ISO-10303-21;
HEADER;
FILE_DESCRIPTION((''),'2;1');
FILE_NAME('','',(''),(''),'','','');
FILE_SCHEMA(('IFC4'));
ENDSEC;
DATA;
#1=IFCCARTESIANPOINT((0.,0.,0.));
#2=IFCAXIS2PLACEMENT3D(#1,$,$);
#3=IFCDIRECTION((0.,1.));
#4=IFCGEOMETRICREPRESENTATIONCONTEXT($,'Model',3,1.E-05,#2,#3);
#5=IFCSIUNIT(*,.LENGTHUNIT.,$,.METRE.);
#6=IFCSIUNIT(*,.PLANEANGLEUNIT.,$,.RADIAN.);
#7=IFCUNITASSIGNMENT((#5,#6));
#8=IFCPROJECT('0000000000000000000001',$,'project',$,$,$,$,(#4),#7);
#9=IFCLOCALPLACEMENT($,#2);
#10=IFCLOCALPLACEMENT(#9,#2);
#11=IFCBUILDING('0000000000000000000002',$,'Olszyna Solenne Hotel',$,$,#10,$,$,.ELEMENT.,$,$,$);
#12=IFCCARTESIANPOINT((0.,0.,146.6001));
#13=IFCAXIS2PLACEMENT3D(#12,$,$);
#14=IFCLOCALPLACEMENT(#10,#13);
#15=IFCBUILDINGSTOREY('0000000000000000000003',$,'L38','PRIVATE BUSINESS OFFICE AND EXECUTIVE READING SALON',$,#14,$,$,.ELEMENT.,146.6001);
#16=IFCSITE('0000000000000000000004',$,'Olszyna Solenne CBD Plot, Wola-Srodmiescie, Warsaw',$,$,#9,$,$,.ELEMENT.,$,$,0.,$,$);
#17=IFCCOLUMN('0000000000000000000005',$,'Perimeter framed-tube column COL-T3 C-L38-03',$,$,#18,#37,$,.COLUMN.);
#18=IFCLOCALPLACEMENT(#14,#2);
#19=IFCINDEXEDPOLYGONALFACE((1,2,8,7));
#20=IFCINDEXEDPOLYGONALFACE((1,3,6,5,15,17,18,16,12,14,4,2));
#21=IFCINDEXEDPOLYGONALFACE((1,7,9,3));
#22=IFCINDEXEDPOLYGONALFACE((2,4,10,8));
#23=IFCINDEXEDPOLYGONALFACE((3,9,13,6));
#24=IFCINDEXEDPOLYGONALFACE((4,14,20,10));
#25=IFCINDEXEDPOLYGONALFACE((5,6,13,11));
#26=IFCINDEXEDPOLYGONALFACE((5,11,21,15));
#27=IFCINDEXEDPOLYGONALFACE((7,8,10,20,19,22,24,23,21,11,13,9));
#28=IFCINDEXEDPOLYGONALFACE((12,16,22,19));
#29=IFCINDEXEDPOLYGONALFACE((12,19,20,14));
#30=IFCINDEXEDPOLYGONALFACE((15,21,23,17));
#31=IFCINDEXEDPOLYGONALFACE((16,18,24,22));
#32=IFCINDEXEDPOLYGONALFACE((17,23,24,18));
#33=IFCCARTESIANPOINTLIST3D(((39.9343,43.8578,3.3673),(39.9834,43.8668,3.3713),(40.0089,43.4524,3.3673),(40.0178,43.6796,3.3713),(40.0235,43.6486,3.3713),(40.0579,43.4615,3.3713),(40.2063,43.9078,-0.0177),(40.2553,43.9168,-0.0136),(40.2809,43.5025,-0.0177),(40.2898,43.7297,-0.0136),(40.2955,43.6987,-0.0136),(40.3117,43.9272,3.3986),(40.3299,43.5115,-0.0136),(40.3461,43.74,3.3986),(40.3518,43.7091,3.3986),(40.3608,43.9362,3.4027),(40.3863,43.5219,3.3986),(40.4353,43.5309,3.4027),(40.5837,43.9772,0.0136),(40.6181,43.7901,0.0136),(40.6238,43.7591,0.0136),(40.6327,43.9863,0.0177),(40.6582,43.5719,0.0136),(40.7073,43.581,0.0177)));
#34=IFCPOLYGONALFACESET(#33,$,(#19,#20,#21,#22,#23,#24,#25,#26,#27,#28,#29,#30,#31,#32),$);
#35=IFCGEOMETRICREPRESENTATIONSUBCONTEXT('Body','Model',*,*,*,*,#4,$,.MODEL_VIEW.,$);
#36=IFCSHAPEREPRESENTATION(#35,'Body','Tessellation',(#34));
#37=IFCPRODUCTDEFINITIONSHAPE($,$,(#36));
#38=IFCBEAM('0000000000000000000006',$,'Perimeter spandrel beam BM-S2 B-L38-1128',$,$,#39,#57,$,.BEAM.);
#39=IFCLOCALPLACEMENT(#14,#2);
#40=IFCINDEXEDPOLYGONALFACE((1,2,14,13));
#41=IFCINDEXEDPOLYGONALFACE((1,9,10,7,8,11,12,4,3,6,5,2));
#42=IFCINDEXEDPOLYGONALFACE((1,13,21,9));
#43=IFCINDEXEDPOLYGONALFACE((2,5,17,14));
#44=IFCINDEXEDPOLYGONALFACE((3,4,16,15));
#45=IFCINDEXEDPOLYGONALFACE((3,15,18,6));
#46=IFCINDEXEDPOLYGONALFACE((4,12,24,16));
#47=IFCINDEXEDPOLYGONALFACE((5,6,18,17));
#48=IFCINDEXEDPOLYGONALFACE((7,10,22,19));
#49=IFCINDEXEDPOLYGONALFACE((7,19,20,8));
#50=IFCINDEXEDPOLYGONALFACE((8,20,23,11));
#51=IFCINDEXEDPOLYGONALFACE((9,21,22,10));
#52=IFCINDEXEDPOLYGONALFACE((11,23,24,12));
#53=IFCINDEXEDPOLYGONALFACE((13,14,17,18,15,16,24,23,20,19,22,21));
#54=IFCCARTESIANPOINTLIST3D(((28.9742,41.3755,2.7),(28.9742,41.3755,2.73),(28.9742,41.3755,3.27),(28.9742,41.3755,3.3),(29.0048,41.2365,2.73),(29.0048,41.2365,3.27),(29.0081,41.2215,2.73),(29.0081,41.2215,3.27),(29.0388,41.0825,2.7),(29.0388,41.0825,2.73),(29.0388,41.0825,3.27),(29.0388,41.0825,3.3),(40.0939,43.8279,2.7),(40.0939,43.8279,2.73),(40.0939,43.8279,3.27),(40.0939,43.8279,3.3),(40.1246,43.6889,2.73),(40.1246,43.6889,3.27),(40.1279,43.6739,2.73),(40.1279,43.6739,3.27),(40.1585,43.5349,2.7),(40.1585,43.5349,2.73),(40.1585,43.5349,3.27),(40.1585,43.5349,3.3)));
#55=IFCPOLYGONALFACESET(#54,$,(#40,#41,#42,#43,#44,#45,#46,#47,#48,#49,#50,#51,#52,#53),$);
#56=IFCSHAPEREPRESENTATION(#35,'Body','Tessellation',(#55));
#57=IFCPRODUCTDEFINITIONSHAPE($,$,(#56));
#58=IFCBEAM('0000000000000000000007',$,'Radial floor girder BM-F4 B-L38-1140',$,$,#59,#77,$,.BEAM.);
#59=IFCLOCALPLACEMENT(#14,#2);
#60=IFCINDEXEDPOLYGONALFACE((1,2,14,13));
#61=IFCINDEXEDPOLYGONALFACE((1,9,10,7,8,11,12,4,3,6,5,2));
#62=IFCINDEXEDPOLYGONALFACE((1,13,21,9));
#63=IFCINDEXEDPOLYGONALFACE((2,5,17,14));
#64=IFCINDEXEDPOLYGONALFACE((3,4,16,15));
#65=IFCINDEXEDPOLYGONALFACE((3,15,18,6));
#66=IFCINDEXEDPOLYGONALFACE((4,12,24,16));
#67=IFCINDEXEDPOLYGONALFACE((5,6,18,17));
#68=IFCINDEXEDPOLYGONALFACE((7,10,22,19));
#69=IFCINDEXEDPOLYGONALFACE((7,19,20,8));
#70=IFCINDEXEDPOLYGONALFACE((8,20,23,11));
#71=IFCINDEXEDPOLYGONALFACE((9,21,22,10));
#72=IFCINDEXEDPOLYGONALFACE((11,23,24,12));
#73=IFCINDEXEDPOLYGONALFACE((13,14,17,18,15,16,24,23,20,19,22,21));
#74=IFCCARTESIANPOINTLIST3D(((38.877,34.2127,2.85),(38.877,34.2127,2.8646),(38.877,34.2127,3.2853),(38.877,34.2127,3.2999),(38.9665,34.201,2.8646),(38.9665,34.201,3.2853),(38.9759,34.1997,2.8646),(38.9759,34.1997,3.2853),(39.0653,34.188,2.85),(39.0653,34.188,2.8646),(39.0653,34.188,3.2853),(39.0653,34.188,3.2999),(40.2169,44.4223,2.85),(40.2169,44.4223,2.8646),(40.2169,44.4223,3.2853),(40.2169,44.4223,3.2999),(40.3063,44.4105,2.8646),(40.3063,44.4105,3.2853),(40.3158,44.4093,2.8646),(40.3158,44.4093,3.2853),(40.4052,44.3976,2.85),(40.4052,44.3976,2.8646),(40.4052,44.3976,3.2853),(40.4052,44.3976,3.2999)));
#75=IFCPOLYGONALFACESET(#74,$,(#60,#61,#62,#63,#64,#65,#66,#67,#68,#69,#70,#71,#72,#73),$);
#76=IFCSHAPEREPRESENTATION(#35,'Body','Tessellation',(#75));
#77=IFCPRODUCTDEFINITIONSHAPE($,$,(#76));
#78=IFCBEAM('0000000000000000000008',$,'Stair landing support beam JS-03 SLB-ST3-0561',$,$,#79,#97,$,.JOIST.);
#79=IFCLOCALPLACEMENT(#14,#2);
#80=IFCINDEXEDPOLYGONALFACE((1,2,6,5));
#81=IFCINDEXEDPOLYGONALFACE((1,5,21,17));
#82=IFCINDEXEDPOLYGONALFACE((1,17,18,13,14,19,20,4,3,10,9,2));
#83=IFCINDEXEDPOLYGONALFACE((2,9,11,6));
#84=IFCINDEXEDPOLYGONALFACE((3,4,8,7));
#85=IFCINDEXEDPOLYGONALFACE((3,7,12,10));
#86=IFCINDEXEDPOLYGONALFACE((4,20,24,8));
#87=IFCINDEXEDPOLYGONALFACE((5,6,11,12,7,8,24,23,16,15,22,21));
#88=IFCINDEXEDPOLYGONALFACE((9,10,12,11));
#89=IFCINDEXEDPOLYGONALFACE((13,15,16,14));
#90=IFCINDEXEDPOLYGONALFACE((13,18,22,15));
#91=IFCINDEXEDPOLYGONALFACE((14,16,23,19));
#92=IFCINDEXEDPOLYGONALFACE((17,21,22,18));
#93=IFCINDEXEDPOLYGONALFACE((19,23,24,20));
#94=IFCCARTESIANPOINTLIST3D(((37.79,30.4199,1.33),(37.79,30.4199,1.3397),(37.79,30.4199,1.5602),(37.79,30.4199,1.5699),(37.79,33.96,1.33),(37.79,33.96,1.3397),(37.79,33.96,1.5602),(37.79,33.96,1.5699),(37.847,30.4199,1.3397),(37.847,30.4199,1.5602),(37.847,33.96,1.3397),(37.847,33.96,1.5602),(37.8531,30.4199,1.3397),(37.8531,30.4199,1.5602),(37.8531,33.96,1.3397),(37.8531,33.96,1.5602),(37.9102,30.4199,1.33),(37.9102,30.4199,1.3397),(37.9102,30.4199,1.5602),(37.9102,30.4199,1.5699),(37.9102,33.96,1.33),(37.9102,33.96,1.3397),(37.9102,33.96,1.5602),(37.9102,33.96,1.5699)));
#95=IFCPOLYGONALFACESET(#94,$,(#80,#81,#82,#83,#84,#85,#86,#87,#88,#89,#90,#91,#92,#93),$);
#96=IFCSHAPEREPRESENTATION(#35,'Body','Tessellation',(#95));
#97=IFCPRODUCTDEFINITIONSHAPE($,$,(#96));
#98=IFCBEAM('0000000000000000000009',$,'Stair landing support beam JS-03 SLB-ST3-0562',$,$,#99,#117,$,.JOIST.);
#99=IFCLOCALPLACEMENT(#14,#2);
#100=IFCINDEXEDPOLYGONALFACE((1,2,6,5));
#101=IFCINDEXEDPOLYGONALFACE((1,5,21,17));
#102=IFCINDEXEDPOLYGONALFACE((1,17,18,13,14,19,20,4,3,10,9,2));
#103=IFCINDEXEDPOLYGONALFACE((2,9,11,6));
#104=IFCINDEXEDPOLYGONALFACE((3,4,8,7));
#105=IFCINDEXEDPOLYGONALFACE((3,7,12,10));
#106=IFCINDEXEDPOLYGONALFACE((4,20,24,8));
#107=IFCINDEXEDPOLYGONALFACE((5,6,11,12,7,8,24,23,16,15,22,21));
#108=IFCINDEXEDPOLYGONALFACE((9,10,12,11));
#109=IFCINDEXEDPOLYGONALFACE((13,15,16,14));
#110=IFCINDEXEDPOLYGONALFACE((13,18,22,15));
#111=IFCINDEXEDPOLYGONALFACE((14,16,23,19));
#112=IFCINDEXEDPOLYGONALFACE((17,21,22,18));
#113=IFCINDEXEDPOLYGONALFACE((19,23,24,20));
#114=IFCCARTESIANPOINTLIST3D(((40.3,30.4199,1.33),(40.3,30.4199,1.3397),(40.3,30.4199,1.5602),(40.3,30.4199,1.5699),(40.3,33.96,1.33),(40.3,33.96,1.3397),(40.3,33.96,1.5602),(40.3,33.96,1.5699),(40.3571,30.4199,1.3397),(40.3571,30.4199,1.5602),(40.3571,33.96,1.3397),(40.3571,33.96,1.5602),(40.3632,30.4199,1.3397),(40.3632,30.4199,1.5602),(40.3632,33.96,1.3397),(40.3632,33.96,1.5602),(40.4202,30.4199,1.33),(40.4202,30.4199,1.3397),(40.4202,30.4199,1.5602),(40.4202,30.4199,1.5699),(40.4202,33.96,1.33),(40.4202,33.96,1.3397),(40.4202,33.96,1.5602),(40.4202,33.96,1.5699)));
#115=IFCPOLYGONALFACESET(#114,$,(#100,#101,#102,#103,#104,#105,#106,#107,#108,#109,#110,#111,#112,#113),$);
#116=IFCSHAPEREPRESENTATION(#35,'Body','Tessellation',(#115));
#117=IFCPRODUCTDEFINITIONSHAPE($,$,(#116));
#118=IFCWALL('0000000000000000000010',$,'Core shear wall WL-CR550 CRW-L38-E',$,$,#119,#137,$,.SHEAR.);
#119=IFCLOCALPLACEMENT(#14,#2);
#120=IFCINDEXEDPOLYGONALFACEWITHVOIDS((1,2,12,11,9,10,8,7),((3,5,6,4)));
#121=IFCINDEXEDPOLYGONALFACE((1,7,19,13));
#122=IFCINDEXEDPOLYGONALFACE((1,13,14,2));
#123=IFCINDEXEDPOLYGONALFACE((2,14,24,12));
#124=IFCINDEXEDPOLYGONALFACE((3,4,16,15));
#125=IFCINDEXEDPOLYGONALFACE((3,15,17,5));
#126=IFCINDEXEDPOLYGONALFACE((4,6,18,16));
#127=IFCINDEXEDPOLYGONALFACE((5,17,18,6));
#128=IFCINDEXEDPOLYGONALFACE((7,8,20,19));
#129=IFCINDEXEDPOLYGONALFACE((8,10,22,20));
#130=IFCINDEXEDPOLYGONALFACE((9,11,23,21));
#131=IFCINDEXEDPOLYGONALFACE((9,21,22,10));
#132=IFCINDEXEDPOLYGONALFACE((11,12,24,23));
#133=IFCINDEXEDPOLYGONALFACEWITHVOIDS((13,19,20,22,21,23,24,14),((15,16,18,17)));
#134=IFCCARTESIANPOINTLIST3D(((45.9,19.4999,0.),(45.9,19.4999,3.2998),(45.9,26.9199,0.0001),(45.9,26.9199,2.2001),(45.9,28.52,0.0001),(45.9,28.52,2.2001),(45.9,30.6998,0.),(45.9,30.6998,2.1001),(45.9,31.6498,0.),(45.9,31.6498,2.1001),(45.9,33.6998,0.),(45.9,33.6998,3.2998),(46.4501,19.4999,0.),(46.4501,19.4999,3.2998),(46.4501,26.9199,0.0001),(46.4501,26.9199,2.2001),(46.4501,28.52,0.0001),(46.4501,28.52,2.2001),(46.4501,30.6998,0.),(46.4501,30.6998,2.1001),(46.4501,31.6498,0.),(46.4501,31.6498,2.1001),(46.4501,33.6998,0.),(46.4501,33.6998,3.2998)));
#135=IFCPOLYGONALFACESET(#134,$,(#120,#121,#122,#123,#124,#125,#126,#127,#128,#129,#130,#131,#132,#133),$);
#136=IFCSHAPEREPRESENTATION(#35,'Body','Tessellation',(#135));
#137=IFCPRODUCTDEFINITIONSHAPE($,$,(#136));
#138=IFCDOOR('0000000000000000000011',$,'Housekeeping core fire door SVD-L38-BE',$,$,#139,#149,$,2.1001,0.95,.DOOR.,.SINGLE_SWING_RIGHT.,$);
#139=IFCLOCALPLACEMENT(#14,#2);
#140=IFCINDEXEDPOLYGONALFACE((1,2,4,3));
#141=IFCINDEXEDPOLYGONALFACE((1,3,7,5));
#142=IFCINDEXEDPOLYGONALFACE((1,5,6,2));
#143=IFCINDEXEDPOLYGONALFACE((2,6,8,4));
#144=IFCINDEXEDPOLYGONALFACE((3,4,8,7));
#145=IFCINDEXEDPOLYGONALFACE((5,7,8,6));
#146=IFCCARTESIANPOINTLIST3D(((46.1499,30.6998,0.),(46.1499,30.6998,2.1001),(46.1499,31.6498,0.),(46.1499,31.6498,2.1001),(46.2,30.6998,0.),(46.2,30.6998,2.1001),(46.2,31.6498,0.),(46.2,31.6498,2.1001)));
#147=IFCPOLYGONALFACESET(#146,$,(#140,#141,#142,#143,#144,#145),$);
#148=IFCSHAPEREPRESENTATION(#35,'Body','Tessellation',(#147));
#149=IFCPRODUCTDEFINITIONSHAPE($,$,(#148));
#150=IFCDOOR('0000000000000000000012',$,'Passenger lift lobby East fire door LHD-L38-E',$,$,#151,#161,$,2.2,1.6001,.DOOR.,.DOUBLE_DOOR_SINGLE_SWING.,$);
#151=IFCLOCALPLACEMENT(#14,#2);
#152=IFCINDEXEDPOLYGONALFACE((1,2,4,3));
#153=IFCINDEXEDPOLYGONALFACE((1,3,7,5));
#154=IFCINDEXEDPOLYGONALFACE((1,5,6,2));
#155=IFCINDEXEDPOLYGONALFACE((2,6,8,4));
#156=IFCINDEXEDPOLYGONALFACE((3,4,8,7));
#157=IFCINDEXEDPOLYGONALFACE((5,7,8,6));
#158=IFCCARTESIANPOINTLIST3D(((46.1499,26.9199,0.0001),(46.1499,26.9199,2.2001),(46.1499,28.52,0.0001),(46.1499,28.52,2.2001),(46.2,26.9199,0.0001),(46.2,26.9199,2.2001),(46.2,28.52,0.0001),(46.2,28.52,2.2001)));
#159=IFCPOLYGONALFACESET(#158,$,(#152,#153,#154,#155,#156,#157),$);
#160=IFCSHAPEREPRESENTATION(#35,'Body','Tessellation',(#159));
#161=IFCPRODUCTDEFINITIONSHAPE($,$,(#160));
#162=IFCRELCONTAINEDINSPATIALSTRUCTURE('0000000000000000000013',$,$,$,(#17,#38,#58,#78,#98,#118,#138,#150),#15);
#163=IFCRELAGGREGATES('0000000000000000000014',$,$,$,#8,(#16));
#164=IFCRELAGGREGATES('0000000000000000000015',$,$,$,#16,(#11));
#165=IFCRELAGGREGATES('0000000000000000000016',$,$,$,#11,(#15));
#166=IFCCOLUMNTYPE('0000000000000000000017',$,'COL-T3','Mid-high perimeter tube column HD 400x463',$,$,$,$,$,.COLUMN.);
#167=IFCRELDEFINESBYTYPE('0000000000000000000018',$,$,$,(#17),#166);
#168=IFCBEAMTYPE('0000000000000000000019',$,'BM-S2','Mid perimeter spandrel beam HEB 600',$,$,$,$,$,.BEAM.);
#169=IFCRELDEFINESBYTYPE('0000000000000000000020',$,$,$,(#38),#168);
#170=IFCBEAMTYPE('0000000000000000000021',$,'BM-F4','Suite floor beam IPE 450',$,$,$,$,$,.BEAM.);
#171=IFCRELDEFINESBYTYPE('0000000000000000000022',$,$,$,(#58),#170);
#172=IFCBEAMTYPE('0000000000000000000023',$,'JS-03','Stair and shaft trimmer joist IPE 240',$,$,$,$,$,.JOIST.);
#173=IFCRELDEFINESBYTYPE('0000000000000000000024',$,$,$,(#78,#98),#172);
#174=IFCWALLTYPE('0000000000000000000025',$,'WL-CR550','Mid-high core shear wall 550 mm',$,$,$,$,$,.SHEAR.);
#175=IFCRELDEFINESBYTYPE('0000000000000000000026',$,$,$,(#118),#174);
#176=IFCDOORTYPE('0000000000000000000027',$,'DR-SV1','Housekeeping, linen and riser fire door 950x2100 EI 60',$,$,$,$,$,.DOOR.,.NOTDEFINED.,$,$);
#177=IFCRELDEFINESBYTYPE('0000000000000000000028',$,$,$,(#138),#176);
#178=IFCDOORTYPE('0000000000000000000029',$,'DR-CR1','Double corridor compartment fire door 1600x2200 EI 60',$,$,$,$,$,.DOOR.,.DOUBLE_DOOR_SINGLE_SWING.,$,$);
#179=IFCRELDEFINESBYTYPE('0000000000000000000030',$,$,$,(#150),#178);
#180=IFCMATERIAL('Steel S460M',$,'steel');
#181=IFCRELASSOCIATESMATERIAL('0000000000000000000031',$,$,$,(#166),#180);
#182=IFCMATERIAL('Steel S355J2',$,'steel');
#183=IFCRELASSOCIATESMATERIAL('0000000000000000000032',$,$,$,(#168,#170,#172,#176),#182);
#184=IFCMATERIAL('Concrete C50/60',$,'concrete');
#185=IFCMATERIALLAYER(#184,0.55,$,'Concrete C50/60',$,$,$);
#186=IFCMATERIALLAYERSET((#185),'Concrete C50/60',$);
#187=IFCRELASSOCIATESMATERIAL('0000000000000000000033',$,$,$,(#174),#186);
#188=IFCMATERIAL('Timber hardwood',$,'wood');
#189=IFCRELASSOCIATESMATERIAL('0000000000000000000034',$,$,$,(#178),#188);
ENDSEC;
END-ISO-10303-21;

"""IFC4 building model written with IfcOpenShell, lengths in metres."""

from ifc_helpers import new_model, si_unit, direction, frame, frame_2d, origin, origin_2d, place, context, subcontext, project, spatial, rectangle, i_section, extrude, source, transform, mapped, material, layer, layer_set, material_profile, profile_set, type_object, type_shapes, element, fill, save


model = new_model("IFC4")

# Units and contexts
model_context = context("Model", 3, precision=1e-05, world=origin(), true_north=direction((0.0, 1.0)))
body_context = subcontext(model_context, "Body", "Model", "MODEL_VIEW")
ifc_project = project(units=[si_unit("LENGTHUNIT", "METRE"), si_unit("PLANEANGLEUNIT", "RADIAN")], contexts=[model_context])

# Site, building, storey
site_placement = place(None, origin())
site = spatial("IfcSite", under=ifc_project, at=site_placement, Name="Olszyna Solenne CBD Plot, Wola-Srodmiescie, Warsaw", CompositionType="ELEMENT", RefElevation=0.0)
building_placement = place(site_placement, origin())
building = spatial("IfcBuilding", under=site, at=building_placement, Name="Olszyna Solenne Hotel", CompositionType="ELEMENT")
storey_placement = place(building_placement, frame((0.0, 0.0, 146.6001)))
storey = spatial("IfcBuildingStorey", under=building, at=storey_placement, Name="L38", Description="PRIVATE BUSINESS OFFICE AND EXECUTIVE READING SALON", CompositionType="ELEMENT", Elevation=146.6001)

# Column
ifc_material_1 = material(Name="Steel S460M", Category="steel")
ifc_material_profile_1 = material_profile(ifc_material_1, i_section(OverallWidth=0.4121, OverallDepth=0.4351, WebThickness=0.0315, FlangeThickness=0.05, at=origin_2d()), Name="HD 400x463", Category="load-bearing")
ifc_profile_set_1 = profile_set([ifc_material_profile_1], Name="Steel S460M")
column_type = type_object("IfcColumnType", Name="COL-T3", Description="Mid-high perimeter tube column HD 400x463", PredefinedType="COLUMN", material=ifc_profile_set_1)
shared_shape_1 = source(origin(), body_context, "Body", "SweptSolid", [
    extrude(i_section(OverallWidth=0.4121, OverallDepth=0.4351, WebThickness=0.0315, FlangeThickness=0.05, at=origin_2d()), origin(), (0.0, 0.0, 1.0), 3.3962),
])
column_placement = place(storey_placement, frame((40.4568, 43.7444, 0.0), z_axis=(-0.080079, -0.014736, 0.99668), x_axis=(0.180983, -0.983486, 0.0)))
element("IfcColumn", 1, at=column_placement, inside=storey, type_object=column_type, Name="Perimeter framed-tube column COL-T3 C-L38-03", PredefinedType="COLUMN", context=body_context, shape_type="MappedRepresentation", body=[
    mapped(shared_shape_1, transform((0.0, 0.0, 0.0), x_axis=(1.0, 0.0, 0.0), y_axis=(0.0, 1.0, 0.0), z_axis=(0.0, 0.0, 1.0), scale=1.0)),
])

# Beams
ifc_material_2 = material(Name="Steel S355J2", Category="steel")
ifc_material_profile_2 = material_profile(ifc_material_2, i_section(OverallWidth=0.3, OverallDepth=0.6001, WebThickness=0.0154, FlangeThickness=0.03, at=origin_2d()), Name="HEB 600", Category="load-bearing")
ifc_profile_set_2 = profile_set([ifc_material_profile_2], Name="Steel S355J2")
beam_type_1 = type_object("IfcBeamType", Name="BM-S2", Description="Mid perimeter spandrel beam HEB 600", PredefinedType="BEAM", material=ifc_profile_set_2)
shared_shape_2 = source(origin(), body_context, "Body", "SweptSolid", [
    extrude(i_section(OverallWidth=0.3, OverallDepth=0.6001, WebThickness=0.0154, FlangeThickness=0.03, at=origin_2d()), origin(), (0.0, 0.0, 1.0), 11.387),
])
beam_1_placement = place(storey_placement, frame((40.1262, 43.6814, 3.0), z_axis=(-0.976532, -0.215371, 0.0), x_axis=(0.215371, -0.976532, 0.0)))
element("IfcBeam", 2, at=beam_1_placement, inside=storey, type_object=beam_type_1, Name="Perimeter spandrel beam BM-S2 B-L38-1128", PredefinedType="BEAM", context=body_context, shape_type="MappedRepresentation", body=[
    mapped(shared_shape_2, transform((0.0, 0.0, 0.0), x_axis=(1.0, 0.0, 0.0), y_axis=(0.0, 1.0, 0.0), z_axis=(0.0, 0.0, 1.0), scale=1.0)),
])
ifc_material_profile_3 = material_profile(ifc_material_2, i_section(OverallWidth=0.1899, OverallDepth=0.45, WebThickness=0.0095, FlangeThickness=0.0146, at=origin_2d()), Name="IPE 450", Category="load-bearing")
ifc_profile_set_3 = profile_set([ifc_material_profile_3], Name="Steel S355J2")
beam_type_2 = type_object("IfcBeamType", Name="BM-F4", Description="Suite floor beam IPE 450", PredefinedType="BEAM", material=ifc_profile_set_3)
shared_shape_3 = source(origin(), body_context, "Body", "SweptSolid", [
    extrude(i_section(OverallWidth=0.1899, OverallDepth=0.45, WebThickness=0.0095, FlangeThickness=0.0146, at=origin_2d()), origin(), (0.0, 0.0, 1.0), 10.2971),
])
beam_2_placement = place(storey_placement, frame((40.311, 44.4099, 3.075), z_axis=(-0.13012, -0.991498, 0.0), x_axis=(0.991498, -0.13012, 0.0)))
element("IfcBeam", 3, at=beam_2_placement, inside=storey, type_object=beam_type_2, Name="Radial floor girder BM-F4 B-L38-1140", PredefinedType="BEAM", context=body_context, shape_type="MappedRepresentation", body=[
    mapped(shared_shape_3, transform((0.0, 0.0, 0.0), x_axis=(1.0, 0.0, 0.0), y_axis=(0.0, 1.0, 0.0), z_axis=(0.0, 0.0, 1.0), scale=1.0)),
])
ifc_material_profile_4 = material_profile(ifc_material_2, i_section(OverallWidth=0.1201, OverallDepth=0.24, WebThickness=0.0061, FlangeThickness=0.0098, at=origin_2d()), Name="IPE 240", Category="load-bearing")
ifc_profile_set_4 = profile_set([ifc_material_profile_4], Name="Steel S355J2")
beam_type_3 = type_object("IfcBeamType", Name="JS-03", Description="Stair and shaft trimmer joist IPE 240", PredefinedType="JOIST", material=ifc_profile_set_4)
shared_shape_4 = source(origin(), body_context, "Body", "SweptSolid", [
    extrude(i_section(OverallWidth=0.1201, OverallDepth=0.24, WebThickness=0.0061, FlangeThickness=0.0098, at=origin_2d()), origin(), (0.0, 0.0, 1.0), 3.54),
])
for number, where, z_axis, x_axis, name in (
    (4, (37.8501, 30.4199, 1.45), (0.0, 1.0, 0.0), (-1.0, 0.0, 0.0), "Stair landing support beam JS-03 SLB-ST3-0561"),
    (5, (40.3601, 30.4199, 1.45), (0.0, 1.0, 0.0), (-1.0, 0.0, 0.0), "Stair landing support beam JS-03 SLB-ST3-0562"),
):
    element("IfcBeam", number, at=place(storey_placement, frame(where, z_axis=z_axis, x_axis=x_axis)), inside=storey, type_object=beam_type_3, Name=name, PredefinedType="JOIST", context=body_context, shape_type="MappedRepresentation", body=[
        mapped(shared_shape_4, transform((0.0, 0.0, 0.0), x_axis=(1.0, 0.0, 0.0), y_axis=(0.0, 1.0, 0.0), z_axis=(0.0, 0.0, 1.0), scale=1.0)),
    ])

# Wall, openings, doors
ifc_material_3 = material(Name="Concrete C50/60", Category="concrete")
ifc_layer_1 = layer(ifc_material_3, 0.55, Name="Concrete C50/60")
ifc_layer_set_1 = layer_set([ifc_layer_1], Name="Concrete C50/60")
wall_type_1 = type_object("IfcWallType", Name="WL-CR550", Description="Mid-high core shear wall 550 mm", PredefinedType="SHEAR", material=ifc_layer_set_1)
wall_1_placement = place(storey_placement, frame((46.175, 33.7, 0.0), z_axis=(0.0, 0.0, 1.0), x_axis=(0.0, -1.0, 0.0)))
wall_1 = element("IfcWall", 6, at=wall_1_placement, inside=storey, type_object=wall_type_1, Name="Core shear wall WL-CR550 CRW-L38-E", PredefinedType="SHEAR", context=body_context, shape_type="SweptSolid", body=[
    extrude(rectangle(XDim=14.2, YDim=0.55, at=frame_2d((7.1001, 0.0))), origin(), (0.0, 0.0, 1.0), 3.2998),
])
opening_1_placement = place(wall_1_placement, frame((5.1799, 0.0, 0.0)))
opening_1 = element("IfcOpeningElement", 7, at=opening_1_placement, cuts=wall_1, PredefinedType="OPENING", context=body_context, shape_type="SweptSolid", body=[
    extrude(rectangle(XDim=1.6001, YDim=2.2, at=frame_2d((0.8, 1.1001))), frame((0.0, 0.2852, 0.0), z_axis=(0.0, -1.0, 0.0), x_axis=(1.0, 0.0, 0.0)), (0.0, 0.0, 1.0), 0.5701),
])
opening_2_placement = place(wall_1_placement, frame((2.05, 0.0, 0.0)))
opening_2 = element("IfcOpeningElement", 8, at=opening_2_placement, cuts=wall_1, PredefinedType="OPENING", context=body_context, shape_type="SweptSolid", body=[
    extrude(rectangle(XDim=0.95, YDim=2.1001, at=frame_2d((0.4751, 1.05))), frame((0.0, 0.2852, 0.0), z_axis=(0.0, -1.0, 0.0), x_axis=(1.0, 0.0, 0.0)), (0.0, 0.0, 1.0), 0.5701),
])
door_type_1 = type_object("IfcDoorType", Name="DR-SV1", Description="Housekeeping, linen and riser fire door 950x2100 EI 60", OperationType="NOTDEFINED", PredefinedType="DOOR", material=ifc_material_2)
shared_shape_5 = source(origin(), body_context, "Body", "SweptSolid", [
    extrude(rectangle(XDim=0.95, YDim=2.1001, at=frame_2d((0.4751, 1.05))), frame((0.0, 0.0249, 0.0), z_axis=(0.0, -1.0, 0.0), x_axis=(1.0, 0.0, 0.0)), (0.0, 0.0, 1.0), 0.05),
])
type_shapes(door_type_1, [shared_shape_5])
door_1_placement = place(opening_2_placement, origin())
door_1 = element("IfcDoor", 9, at=door_1_placement, inside=storey, type_object=door_type_1, Name="Housekeeping core fire door SVD-L38-BE", OperationType="SINGLE_SWING_RIGHT", OverallHeight=2.1001, OverallWidth=0.95, PredefinedType="DOOR", context=body_context, shape_type="MappedRepresentation", body=[
    mapped(shared_shape_5, transform((0.0, 0.0, 0.0), x_axis=(1.0, 0.0, 0.0), y_axis=(0.0, 1.0, 0.0), z_axis=(0.0, 0.0, 1.0), scale=1.0)),
])
fill(opening_2, door_1)
ifc_material_4 = material(Name="Timber hardwood", Category="wood")
door_type_2 = type_object("IfcDoorType", Name="DR-CR1", Description="Double corridor compartment fire door 1600x2200 EI 60", OperationType="DOUBLE_DOOR_SINGLE_SWING", PredefinedType="DOOR", material=ifc_material_4)
shared_shape_6 = source(origin(), body_context, "Body", "SweptSolid", [
    extrude(rectangle(XDim=1.6001, YDim=2.2, at=frame_2d((0.8, 1.1001))), frame((0.0, 0.0249, 0.0), z_axis=(0.0, -1.0, 0.0), x_axis=(1.0, 0.0, 0.0)), (0.0, 0.0, 1.0), 0.05),
])
type_shapes(door_type_2, [shared_shape_6])
door_2_placement = place(opening_1_placement, origin())
door_2 = element("IfcDoor", 10, at=door_2_placement, inside=storey, type_object=door_type_2, Name="Passenger lift lobby East fire door LHD-L38-E", OperationType="DOUBLE_DOOR_SINGLE_SWING", OverallHeight=2.2, OverallWidth=1.6001, PredefinedType="DOOR", context=body_context, shape_type="MappedRepresentation", body=[
    mapped(shared_shape_6, transform((0.0, 0.0, 0.0), x_axis=(1.0, 0.0, 0.0), y_axis=(0.0, 1.0, 0.0), z_axis=(0.0, 0.0, 1.0), scale=1.0)),
])
fill(opening_1, door_2)

save(model, "model.ifc")
